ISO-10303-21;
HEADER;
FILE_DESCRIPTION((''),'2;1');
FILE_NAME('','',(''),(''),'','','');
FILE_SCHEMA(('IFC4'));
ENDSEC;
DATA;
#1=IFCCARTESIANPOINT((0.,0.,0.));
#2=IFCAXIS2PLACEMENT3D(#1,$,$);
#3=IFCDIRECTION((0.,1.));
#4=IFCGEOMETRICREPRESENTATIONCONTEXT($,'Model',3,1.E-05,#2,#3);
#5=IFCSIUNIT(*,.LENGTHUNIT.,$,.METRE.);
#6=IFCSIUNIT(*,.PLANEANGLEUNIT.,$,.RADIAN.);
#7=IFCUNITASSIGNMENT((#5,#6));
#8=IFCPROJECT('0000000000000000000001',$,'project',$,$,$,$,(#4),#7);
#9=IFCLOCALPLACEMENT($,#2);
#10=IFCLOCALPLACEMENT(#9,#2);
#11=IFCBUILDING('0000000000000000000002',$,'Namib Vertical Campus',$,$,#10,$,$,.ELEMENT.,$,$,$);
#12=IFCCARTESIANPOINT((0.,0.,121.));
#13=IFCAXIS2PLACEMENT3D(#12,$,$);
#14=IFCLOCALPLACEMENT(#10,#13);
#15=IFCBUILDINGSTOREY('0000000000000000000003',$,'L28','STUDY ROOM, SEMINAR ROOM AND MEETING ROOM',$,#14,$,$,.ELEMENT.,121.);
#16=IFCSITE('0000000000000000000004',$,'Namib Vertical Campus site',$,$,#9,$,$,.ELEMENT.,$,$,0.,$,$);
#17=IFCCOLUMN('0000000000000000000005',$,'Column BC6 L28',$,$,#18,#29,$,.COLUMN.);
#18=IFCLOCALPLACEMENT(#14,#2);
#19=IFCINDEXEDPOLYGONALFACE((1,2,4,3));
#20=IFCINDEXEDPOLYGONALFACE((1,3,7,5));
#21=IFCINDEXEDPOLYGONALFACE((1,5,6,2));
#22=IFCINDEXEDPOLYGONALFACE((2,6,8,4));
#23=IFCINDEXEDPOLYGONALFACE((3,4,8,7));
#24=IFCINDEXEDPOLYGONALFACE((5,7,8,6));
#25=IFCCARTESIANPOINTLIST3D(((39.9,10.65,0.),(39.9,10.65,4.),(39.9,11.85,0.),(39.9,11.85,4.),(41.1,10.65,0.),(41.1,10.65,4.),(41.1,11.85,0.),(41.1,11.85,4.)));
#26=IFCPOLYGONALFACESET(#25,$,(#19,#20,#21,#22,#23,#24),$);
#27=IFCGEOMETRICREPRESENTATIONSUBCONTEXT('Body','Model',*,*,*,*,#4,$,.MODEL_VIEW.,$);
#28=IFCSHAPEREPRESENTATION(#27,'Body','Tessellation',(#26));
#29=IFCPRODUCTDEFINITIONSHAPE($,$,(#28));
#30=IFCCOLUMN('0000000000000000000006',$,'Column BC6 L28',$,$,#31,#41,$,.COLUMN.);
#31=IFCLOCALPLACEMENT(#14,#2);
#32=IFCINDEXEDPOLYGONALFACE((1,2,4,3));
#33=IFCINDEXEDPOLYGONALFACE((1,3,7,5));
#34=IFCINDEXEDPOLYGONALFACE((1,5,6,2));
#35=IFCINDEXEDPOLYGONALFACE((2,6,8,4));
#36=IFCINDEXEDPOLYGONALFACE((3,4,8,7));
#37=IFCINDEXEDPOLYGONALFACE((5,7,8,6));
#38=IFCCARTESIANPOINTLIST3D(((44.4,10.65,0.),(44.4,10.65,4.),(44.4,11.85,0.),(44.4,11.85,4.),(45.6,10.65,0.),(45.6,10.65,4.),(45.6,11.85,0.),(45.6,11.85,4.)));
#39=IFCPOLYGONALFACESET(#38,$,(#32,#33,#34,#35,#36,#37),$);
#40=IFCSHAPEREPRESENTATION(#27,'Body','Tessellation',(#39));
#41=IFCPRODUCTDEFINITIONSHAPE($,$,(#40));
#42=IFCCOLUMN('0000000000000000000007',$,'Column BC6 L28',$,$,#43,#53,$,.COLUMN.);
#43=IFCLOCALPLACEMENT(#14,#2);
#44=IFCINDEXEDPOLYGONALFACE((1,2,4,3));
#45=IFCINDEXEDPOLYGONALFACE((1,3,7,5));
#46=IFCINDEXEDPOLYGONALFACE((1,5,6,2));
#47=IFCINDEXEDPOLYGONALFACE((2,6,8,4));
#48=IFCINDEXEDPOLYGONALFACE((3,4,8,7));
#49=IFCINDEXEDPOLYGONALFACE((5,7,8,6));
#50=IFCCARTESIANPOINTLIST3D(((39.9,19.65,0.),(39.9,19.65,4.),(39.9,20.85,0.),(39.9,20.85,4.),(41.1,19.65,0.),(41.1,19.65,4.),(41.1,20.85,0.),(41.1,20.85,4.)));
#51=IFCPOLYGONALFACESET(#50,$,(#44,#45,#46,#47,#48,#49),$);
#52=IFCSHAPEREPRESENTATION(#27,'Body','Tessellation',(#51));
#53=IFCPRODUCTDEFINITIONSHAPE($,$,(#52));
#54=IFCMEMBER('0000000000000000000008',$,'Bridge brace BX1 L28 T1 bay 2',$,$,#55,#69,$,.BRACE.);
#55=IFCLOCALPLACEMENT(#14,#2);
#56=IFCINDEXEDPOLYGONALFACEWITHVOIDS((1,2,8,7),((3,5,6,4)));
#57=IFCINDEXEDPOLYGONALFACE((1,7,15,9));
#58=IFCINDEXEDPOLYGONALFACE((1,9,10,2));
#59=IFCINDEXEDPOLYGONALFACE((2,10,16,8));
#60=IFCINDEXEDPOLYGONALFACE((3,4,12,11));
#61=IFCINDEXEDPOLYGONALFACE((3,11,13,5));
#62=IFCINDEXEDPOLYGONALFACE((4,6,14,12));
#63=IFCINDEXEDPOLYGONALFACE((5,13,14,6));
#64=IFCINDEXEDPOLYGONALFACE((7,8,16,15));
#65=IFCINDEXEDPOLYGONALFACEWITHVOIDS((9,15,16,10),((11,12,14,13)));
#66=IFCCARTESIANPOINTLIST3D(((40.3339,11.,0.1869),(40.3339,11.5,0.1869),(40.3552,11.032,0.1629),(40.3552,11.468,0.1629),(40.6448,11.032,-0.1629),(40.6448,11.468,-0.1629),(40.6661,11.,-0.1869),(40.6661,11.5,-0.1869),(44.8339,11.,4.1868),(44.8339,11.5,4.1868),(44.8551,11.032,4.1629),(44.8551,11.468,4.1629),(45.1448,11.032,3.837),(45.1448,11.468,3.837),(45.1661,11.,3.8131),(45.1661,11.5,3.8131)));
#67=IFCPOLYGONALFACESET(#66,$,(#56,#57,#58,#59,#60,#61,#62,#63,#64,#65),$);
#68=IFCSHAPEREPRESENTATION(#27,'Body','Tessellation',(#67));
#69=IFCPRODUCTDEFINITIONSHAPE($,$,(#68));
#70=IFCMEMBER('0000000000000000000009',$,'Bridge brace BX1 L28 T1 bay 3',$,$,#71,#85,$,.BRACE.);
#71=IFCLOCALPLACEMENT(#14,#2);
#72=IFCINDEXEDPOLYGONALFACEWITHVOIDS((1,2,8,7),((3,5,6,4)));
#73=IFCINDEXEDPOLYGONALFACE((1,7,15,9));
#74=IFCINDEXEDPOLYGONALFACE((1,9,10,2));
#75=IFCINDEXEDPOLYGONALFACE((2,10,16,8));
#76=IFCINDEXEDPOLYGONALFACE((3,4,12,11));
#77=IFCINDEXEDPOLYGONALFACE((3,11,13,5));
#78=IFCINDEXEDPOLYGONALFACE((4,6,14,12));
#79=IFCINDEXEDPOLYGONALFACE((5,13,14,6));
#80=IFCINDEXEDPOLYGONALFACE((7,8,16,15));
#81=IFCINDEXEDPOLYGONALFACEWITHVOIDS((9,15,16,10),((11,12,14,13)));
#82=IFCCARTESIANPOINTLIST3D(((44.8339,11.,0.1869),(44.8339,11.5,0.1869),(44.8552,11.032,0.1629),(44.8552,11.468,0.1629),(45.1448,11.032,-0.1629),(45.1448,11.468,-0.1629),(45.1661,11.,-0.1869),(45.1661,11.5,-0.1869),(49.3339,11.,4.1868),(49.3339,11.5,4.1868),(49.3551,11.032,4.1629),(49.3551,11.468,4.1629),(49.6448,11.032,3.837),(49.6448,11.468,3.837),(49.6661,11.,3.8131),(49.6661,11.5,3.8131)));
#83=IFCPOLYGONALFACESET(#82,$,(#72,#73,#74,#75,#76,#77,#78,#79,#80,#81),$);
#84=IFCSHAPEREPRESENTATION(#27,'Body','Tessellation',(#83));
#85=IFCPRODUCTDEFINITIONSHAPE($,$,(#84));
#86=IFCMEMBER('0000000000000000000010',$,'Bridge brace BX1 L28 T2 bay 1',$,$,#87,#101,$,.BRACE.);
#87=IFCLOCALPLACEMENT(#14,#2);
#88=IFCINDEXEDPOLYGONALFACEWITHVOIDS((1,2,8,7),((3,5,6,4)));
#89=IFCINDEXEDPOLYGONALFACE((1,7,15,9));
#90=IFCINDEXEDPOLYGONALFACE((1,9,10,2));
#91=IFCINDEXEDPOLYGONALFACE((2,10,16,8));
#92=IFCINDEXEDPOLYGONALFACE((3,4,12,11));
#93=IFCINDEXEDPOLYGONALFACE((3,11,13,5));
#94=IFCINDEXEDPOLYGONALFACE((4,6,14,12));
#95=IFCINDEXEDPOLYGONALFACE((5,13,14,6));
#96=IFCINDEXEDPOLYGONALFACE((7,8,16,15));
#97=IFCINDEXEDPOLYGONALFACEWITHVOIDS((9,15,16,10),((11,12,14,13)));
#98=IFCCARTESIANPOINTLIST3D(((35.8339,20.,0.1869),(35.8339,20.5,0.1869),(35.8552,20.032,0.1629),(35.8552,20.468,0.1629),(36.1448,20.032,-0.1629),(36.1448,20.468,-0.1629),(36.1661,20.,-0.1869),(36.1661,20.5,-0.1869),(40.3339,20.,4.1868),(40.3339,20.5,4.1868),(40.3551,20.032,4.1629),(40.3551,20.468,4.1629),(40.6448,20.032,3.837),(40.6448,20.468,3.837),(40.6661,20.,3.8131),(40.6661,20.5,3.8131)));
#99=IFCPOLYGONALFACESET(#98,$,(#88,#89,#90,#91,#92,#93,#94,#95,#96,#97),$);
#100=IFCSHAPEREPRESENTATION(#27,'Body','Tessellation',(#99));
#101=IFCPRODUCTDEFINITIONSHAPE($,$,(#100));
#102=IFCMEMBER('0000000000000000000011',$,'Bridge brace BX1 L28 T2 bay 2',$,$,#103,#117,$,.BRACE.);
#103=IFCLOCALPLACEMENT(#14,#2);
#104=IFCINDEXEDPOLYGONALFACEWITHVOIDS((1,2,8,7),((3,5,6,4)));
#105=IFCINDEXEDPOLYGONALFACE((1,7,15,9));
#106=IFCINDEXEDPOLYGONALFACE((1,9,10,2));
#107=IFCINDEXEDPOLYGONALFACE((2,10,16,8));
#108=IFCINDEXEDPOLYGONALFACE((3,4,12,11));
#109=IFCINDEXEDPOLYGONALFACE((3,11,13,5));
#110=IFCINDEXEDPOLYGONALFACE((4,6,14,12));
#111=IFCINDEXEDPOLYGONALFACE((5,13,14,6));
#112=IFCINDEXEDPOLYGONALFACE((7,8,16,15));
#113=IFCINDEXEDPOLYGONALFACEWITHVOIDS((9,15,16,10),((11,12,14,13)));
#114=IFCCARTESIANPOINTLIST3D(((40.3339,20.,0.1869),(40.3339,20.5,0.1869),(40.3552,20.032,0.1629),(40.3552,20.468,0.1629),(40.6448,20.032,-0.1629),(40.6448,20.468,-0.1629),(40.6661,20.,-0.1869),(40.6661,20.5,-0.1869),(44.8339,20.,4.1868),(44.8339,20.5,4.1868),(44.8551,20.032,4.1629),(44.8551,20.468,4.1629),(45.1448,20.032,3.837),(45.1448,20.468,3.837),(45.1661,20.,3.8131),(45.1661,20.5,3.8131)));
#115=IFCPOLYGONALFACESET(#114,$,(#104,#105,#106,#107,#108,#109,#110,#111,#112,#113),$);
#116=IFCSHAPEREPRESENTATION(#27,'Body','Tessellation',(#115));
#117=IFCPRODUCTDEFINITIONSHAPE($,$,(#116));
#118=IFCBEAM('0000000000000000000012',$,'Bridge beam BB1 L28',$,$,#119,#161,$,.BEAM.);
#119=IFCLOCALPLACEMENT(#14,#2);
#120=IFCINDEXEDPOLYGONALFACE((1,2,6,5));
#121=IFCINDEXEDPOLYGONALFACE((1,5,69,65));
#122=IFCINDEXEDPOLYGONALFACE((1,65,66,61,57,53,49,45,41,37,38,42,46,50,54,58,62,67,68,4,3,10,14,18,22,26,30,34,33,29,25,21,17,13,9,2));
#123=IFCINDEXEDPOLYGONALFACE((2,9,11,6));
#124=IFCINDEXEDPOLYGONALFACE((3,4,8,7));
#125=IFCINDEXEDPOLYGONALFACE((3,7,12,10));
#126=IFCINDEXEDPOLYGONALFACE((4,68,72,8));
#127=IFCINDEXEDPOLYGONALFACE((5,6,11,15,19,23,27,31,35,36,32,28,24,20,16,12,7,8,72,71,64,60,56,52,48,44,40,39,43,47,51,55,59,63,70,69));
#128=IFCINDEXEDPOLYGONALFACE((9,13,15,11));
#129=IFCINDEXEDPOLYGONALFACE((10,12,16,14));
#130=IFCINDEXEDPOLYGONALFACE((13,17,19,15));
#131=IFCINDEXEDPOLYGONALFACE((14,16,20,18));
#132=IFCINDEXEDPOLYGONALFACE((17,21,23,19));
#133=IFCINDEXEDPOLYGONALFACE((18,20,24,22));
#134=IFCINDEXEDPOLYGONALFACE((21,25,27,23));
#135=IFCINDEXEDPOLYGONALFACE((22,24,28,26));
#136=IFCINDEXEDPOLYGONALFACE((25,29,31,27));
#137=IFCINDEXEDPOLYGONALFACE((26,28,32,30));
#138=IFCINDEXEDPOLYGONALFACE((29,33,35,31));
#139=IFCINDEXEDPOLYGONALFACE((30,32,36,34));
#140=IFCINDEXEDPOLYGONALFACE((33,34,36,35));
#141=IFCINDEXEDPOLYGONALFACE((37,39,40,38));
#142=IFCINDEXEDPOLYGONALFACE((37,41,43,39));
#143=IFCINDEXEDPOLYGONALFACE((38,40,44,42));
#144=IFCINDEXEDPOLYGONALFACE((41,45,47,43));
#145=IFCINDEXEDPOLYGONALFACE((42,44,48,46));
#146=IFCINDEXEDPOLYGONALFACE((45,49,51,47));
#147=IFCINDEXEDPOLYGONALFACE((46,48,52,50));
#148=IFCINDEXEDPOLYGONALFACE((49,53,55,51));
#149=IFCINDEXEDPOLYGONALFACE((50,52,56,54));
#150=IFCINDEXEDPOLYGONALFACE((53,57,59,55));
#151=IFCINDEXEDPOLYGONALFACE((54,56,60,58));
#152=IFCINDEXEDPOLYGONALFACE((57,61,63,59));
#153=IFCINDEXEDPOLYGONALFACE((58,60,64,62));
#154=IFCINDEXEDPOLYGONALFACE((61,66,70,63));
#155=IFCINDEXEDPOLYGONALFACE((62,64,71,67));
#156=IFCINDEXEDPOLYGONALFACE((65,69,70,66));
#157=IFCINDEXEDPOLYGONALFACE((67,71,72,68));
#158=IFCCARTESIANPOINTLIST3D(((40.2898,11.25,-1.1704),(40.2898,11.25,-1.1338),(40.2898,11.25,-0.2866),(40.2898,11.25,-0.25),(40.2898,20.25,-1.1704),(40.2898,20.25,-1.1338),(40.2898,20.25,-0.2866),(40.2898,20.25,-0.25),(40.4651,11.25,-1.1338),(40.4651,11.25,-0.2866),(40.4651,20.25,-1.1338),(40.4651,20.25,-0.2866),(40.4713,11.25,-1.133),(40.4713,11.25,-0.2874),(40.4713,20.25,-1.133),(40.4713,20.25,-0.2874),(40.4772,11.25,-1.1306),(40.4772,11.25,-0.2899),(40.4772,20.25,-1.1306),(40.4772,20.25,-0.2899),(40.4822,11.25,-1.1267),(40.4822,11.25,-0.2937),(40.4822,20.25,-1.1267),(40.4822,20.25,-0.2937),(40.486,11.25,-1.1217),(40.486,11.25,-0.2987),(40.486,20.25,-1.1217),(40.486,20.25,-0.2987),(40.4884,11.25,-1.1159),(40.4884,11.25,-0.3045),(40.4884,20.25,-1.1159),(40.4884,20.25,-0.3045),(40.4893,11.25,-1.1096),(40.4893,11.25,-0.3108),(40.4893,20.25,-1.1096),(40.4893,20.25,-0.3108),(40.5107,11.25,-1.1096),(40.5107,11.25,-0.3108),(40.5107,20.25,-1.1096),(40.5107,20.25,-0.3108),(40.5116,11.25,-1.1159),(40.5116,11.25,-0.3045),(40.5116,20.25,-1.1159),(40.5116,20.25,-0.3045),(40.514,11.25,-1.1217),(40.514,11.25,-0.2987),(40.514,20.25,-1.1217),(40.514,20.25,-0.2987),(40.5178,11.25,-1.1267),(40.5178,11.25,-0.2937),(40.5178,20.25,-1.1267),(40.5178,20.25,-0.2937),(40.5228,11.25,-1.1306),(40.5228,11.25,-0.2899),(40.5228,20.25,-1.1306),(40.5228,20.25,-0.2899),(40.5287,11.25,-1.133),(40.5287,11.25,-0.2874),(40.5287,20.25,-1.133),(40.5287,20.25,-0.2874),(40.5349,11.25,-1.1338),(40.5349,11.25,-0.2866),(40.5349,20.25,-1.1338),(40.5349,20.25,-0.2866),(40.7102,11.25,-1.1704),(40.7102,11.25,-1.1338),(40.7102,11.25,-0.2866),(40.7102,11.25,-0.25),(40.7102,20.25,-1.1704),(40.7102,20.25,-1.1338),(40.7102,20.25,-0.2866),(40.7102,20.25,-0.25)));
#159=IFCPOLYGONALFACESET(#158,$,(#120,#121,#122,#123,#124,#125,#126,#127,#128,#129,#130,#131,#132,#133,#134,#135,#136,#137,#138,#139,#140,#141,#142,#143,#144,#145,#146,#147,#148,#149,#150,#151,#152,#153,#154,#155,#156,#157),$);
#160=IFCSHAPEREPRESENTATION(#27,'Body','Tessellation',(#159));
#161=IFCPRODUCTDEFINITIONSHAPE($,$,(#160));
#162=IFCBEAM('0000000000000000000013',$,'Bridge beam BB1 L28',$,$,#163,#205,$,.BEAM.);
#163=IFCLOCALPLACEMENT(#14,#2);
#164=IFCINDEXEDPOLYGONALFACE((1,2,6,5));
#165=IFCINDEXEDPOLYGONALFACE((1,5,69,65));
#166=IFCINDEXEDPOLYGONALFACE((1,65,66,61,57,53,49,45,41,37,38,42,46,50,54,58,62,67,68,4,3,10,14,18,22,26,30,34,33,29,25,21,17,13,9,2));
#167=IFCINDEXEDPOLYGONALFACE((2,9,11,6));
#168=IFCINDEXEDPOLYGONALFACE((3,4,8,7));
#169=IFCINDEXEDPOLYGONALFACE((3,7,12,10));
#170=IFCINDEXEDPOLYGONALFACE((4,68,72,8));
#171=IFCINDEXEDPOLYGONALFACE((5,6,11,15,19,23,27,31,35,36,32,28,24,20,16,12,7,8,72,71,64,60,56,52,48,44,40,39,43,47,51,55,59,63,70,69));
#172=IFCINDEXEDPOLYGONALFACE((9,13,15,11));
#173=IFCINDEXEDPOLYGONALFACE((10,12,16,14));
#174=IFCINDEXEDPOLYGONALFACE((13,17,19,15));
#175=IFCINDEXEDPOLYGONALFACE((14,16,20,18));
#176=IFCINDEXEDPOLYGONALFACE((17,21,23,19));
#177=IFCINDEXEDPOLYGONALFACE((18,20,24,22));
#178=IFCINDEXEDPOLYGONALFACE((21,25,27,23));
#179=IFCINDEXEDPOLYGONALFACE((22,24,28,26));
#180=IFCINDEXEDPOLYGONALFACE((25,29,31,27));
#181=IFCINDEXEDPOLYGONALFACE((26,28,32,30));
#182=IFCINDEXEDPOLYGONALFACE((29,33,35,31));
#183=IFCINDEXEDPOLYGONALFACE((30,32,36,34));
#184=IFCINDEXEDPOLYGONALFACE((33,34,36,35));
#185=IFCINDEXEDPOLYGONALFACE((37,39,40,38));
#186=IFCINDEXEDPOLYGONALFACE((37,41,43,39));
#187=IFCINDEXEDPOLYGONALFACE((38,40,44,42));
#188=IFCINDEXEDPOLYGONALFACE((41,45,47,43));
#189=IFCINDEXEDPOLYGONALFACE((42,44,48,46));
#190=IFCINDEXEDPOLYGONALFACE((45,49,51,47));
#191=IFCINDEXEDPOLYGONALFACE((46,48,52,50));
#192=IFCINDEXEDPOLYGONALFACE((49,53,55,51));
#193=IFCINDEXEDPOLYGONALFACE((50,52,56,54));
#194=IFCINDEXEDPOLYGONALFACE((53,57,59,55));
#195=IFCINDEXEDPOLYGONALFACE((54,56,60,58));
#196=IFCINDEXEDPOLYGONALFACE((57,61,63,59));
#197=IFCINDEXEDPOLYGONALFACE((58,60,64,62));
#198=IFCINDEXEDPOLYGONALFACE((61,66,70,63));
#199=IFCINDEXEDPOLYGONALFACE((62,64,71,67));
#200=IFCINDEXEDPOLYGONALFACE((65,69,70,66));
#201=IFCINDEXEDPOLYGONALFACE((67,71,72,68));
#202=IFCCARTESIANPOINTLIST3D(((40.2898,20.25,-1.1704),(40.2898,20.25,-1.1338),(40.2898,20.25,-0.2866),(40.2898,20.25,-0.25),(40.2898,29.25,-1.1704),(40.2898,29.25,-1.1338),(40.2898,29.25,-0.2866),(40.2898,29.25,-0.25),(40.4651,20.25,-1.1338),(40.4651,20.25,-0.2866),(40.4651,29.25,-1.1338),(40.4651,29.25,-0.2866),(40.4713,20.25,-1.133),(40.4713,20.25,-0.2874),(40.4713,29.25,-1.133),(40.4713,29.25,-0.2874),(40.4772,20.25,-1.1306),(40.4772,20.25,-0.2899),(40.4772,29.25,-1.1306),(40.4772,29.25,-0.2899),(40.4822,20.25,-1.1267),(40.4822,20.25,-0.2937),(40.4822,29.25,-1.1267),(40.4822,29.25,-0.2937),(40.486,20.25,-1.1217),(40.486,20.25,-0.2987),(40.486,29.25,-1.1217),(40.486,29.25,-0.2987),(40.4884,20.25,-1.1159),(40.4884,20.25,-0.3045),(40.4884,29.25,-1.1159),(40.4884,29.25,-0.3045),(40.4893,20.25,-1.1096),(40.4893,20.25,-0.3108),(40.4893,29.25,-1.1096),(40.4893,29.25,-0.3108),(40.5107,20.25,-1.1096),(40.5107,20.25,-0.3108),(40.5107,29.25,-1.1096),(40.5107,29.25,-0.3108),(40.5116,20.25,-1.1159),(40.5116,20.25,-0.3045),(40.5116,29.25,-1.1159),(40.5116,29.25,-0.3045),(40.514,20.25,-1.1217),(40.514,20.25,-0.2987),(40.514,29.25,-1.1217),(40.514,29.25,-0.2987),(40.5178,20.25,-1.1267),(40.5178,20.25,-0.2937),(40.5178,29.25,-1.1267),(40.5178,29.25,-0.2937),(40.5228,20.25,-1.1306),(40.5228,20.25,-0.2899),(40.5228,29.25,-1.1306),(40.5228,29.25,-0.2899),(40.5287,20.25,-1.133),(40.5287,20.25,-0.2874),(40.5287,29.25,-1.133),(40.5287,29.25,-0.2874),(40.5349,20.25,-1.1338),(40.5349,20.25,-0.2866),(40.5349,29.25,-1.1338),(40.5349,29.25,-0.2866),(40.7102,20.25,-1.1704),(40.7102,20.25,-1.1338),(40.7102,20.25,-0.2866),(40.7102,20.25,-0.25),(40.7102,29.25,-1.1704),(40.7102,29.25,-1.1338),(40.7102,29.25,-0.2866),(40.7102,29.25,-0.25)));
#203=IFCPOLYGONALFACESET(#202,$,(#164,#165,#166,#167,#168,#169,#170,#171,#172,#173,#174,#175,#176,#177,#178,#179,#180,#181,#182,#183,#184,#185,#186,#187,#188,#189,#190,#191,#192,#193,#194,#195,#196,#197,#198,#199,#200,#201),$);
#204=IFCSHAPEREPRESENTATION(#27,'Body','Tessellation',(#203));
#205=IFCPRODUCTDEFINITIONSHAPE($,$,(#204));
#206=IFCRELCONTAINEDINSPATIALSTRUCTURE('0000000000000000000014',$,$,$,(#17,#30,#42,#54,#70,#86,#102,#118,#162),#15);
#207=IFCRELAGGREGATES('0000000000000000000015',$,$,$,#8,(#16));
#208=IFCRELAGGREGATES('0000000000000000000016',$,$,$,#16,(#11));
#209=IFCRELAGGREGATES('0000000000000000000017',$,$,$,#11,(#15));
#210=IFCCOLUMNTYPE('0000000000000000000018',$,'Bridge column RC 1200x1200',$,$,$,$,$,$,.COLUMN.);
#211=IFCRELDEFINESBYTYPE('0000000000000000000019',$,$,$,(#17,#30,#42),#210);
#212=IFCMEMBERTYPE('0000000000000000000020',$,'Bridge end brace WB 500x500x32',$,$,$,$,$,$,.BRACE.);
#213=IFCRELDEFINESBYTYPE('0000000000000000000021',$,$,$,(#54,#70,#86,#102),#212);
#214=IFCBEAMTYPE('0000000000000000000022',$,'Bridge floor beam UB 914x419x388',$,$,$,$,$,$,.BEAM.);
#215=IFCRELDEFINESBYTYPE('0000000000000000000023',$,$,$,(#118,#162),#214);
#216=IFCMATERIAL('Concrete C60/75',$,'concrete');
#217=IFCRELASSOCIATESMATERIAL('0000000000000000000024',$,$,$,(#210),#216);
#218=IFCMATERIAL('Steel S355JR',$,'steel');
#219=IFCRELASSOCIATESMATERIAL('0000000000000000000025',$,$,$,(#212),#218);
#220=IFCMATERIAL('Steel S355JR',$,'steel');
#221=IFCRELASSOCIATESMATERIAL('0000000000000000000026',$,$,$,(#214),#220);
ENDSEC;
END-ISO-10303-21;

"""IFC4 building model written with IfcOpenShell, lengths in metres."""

from ifc_helpers import new_model, si_unit, direction, frame, origin, origin_2d, place, context, subcontext, project, spatial, rectangle, hollow_rectangle, i_section, extrude, material, material_profile, profile_set, type_object, element, save


model = new_model("IFC4")

# Units and contexts
model_context = context("Model", 3, precision=1e-05, world=origin(), true_north=direction((0.0, 1.0)))
body_context = subcontext(model_context, "Body", "Model", "MODEL_VIEW")
ifc_project = project(units=[si_unit("LENGTHUNIT", "METRE"), si_unit("PLANEANGLEUNIT", "RADIAN")], contexts=[model_context])

# Site, building, storey
site_placement = place(None, origin())
site = spatial("IfcSite", under=ifc_project, at=site_placement, Name="Namib Vertical Campus site", CompositionType="ELEMENT", RefElevation=0.0)
building_placement = place(site_placement, origin())
building = spatial("IfcBuilding", under=site, at=building_placement, Name="Namib Vertical Campus", CompositionType="ELEMENT")
storey_placement = place(building_placement, frame((0.0, 0.0, 121.0)))
storey = spatial("IfcBuildingStorey", under=building, at=storey_placement, Name="L28", Description="STUDY ROOM, SEMINAR ROOM AND MEETING ROOM", CompositionType="ELEMENT", Elevation=121.0)

# Columns
ifc_material_1 = material(Name="Concrete C60/75", Category="concrete")
ifc_material_profile_1 = material_profile(ifc_material_1, rectangle(XDim=1.2, YDim=1.2, at=origin_2d()))
ifc_profile_set_1 = profile_set([ifc_material_profile_1], Name="Concrete C60/75")
column_type = type_object("IfcColumnType", Name="Bridge column RC 1200x1200", PredefinedType="COLUMN", material=ifc_profile_set_1)
for number, where, z_axis, x_axis, name in (
    (1, (40.5, 11.25, 0.0), (0.0, 0.0, 1.0), (1.0, 0.0, 0.0), "Column BC6 L28"),
    (2, (45.0, 11.25, 0.0), (0.0, 0.0, 1.0), (1.0, 0.0, 0.0), "Column BC6 L28"),
    (3, (40.5, 20.25, 0.0), (0.0, 0.0, 1.0), (1.0, 0.0, 0.0), "Column BC6 L28"),
):
    element("IfcColumn", number, at=place(storey_placement, frame(where, z_axis=z_axis, x_axis=x_axis)), inside=storey, type_object=column_type, Name=name, PredefinedType="COLUMN", context=body_context, shape_type="SweptSolid", body=[
        extrude(rectangle(XDim=1.2, YDim=1.2, at=origin_2d()), origin(), (0.0, 0.0, 1.0), 4.0),
    ])

# Members
ifc_material_2 = material(Name="Steel S355JR", Category="steel")
ifc_material_profile_2 = material_profile(ifc_material_2, hollow_rectangle(XDim=0.5, YDim=0.5, WallThickness=0.032, at=origin_2d()))
ifc_profile_set_2 = profile_set([ifc_material_profile_2], Name="Steel S355JR")
member_type_1 = type_object("IfcMemberType", Name="Bridge end brace WB 500x500x32", PredefinedType="BRACE", material=ifc_profile_set_2)
for number, where, z_axis, x_axis, name in (
    (4, (40.5, 11.25, 0.0), (0.747409, 0.0, 0.664364), (0.0, 1.0, 0.0), "Bridge brace BX1 L28 T1 bay 2"),
    (5, (45.0, 11.25, 0.0), (0.747409, 0.0, 0.664364), (0.0, 1.0, 0.0), "Bridge brace BX1 L28 T1 bay 3"),
    (6, (36.0, 20.25, 0.0), (0.747409, 0.0, 0.664364), (0.0, 1.0, 0.0), "Bridge brace BX1 L28 T2 bay 1"),
    (7, (40.5, 20.25, 0.0), (0.747409, 0.0, 0.664364), (0.0, 1.0, 0.0), "Bridge brace BX1 L28 T2 bay 2"),
):
    element("IfcMember", number, at=place(storey_placement, frame(where, z_axis=z_axis, x_axis=x_axis)), inside=storey, type_object=member_type_1, Name=name, PredefinedType="BRACE", context=body_context, shape_type="SweptSolid", body=[
        extrude(hollow_rectangle(XDim=0.5, YDim=0.5, WallThickness=0.032, at=origin_2d()), origin(), (0.0, 0.0, 1.0), 6.0208),
    ])

# Beams
ifc_material_3 = material(Name="Steel S355JR", Category="steel")
ifc_material_profile_3 = material_profile(ifc_material_3, i_section(OverallWidth=0.4204, OverallDepth=0.9204, WebThickness=0.0215, FlangeThickness=0.0366, FilletRadius=0.0242, at=origin_2d()))
ifc_profile_set_3 = profile_set([ifc_material_profile_3], Name="Steel S355JR")
beam_type_1 = type_object("IfcBeamType", Name="Bridge floor beam UB 914x419x388", PredefinedType="BEAM", material=ifc_profile_set_3)
for number, where, z_axis, x_axis, name in (
    (8, (40.5, 11.25, -0.7102), (0.0, 1.0, 0.0), (-1.0, 0.0, 0.0), "Bridge beam BB1 L28"),
    (9, (40.5, 20.25, -0.7102), (0.0, 1.0, 0.0), (-1.0, 0.0, 0.0), "Bridge beam BB1 L28"),
):
    element("IfcBeam", number, at=place(storey_placement, frame(where, z_axis=z_axis, x_axis=x_axis)), inside=storey, type_object=beam_type_1, Name=name, PredefinedType="BEAM", context=body_context, shape_type="SweptSolid", body=[
        extrude(i_section(OverallWidth=0.4204, OverallDepth=0.9204, WebThickness=0.0215, FlangeThickness=0.0366, FilletRadius=0.0242, at=origin_2d()), origin(), (0.0, 0.0, 1.0), 9.0),
    ])

save(model, "model.ifc")
